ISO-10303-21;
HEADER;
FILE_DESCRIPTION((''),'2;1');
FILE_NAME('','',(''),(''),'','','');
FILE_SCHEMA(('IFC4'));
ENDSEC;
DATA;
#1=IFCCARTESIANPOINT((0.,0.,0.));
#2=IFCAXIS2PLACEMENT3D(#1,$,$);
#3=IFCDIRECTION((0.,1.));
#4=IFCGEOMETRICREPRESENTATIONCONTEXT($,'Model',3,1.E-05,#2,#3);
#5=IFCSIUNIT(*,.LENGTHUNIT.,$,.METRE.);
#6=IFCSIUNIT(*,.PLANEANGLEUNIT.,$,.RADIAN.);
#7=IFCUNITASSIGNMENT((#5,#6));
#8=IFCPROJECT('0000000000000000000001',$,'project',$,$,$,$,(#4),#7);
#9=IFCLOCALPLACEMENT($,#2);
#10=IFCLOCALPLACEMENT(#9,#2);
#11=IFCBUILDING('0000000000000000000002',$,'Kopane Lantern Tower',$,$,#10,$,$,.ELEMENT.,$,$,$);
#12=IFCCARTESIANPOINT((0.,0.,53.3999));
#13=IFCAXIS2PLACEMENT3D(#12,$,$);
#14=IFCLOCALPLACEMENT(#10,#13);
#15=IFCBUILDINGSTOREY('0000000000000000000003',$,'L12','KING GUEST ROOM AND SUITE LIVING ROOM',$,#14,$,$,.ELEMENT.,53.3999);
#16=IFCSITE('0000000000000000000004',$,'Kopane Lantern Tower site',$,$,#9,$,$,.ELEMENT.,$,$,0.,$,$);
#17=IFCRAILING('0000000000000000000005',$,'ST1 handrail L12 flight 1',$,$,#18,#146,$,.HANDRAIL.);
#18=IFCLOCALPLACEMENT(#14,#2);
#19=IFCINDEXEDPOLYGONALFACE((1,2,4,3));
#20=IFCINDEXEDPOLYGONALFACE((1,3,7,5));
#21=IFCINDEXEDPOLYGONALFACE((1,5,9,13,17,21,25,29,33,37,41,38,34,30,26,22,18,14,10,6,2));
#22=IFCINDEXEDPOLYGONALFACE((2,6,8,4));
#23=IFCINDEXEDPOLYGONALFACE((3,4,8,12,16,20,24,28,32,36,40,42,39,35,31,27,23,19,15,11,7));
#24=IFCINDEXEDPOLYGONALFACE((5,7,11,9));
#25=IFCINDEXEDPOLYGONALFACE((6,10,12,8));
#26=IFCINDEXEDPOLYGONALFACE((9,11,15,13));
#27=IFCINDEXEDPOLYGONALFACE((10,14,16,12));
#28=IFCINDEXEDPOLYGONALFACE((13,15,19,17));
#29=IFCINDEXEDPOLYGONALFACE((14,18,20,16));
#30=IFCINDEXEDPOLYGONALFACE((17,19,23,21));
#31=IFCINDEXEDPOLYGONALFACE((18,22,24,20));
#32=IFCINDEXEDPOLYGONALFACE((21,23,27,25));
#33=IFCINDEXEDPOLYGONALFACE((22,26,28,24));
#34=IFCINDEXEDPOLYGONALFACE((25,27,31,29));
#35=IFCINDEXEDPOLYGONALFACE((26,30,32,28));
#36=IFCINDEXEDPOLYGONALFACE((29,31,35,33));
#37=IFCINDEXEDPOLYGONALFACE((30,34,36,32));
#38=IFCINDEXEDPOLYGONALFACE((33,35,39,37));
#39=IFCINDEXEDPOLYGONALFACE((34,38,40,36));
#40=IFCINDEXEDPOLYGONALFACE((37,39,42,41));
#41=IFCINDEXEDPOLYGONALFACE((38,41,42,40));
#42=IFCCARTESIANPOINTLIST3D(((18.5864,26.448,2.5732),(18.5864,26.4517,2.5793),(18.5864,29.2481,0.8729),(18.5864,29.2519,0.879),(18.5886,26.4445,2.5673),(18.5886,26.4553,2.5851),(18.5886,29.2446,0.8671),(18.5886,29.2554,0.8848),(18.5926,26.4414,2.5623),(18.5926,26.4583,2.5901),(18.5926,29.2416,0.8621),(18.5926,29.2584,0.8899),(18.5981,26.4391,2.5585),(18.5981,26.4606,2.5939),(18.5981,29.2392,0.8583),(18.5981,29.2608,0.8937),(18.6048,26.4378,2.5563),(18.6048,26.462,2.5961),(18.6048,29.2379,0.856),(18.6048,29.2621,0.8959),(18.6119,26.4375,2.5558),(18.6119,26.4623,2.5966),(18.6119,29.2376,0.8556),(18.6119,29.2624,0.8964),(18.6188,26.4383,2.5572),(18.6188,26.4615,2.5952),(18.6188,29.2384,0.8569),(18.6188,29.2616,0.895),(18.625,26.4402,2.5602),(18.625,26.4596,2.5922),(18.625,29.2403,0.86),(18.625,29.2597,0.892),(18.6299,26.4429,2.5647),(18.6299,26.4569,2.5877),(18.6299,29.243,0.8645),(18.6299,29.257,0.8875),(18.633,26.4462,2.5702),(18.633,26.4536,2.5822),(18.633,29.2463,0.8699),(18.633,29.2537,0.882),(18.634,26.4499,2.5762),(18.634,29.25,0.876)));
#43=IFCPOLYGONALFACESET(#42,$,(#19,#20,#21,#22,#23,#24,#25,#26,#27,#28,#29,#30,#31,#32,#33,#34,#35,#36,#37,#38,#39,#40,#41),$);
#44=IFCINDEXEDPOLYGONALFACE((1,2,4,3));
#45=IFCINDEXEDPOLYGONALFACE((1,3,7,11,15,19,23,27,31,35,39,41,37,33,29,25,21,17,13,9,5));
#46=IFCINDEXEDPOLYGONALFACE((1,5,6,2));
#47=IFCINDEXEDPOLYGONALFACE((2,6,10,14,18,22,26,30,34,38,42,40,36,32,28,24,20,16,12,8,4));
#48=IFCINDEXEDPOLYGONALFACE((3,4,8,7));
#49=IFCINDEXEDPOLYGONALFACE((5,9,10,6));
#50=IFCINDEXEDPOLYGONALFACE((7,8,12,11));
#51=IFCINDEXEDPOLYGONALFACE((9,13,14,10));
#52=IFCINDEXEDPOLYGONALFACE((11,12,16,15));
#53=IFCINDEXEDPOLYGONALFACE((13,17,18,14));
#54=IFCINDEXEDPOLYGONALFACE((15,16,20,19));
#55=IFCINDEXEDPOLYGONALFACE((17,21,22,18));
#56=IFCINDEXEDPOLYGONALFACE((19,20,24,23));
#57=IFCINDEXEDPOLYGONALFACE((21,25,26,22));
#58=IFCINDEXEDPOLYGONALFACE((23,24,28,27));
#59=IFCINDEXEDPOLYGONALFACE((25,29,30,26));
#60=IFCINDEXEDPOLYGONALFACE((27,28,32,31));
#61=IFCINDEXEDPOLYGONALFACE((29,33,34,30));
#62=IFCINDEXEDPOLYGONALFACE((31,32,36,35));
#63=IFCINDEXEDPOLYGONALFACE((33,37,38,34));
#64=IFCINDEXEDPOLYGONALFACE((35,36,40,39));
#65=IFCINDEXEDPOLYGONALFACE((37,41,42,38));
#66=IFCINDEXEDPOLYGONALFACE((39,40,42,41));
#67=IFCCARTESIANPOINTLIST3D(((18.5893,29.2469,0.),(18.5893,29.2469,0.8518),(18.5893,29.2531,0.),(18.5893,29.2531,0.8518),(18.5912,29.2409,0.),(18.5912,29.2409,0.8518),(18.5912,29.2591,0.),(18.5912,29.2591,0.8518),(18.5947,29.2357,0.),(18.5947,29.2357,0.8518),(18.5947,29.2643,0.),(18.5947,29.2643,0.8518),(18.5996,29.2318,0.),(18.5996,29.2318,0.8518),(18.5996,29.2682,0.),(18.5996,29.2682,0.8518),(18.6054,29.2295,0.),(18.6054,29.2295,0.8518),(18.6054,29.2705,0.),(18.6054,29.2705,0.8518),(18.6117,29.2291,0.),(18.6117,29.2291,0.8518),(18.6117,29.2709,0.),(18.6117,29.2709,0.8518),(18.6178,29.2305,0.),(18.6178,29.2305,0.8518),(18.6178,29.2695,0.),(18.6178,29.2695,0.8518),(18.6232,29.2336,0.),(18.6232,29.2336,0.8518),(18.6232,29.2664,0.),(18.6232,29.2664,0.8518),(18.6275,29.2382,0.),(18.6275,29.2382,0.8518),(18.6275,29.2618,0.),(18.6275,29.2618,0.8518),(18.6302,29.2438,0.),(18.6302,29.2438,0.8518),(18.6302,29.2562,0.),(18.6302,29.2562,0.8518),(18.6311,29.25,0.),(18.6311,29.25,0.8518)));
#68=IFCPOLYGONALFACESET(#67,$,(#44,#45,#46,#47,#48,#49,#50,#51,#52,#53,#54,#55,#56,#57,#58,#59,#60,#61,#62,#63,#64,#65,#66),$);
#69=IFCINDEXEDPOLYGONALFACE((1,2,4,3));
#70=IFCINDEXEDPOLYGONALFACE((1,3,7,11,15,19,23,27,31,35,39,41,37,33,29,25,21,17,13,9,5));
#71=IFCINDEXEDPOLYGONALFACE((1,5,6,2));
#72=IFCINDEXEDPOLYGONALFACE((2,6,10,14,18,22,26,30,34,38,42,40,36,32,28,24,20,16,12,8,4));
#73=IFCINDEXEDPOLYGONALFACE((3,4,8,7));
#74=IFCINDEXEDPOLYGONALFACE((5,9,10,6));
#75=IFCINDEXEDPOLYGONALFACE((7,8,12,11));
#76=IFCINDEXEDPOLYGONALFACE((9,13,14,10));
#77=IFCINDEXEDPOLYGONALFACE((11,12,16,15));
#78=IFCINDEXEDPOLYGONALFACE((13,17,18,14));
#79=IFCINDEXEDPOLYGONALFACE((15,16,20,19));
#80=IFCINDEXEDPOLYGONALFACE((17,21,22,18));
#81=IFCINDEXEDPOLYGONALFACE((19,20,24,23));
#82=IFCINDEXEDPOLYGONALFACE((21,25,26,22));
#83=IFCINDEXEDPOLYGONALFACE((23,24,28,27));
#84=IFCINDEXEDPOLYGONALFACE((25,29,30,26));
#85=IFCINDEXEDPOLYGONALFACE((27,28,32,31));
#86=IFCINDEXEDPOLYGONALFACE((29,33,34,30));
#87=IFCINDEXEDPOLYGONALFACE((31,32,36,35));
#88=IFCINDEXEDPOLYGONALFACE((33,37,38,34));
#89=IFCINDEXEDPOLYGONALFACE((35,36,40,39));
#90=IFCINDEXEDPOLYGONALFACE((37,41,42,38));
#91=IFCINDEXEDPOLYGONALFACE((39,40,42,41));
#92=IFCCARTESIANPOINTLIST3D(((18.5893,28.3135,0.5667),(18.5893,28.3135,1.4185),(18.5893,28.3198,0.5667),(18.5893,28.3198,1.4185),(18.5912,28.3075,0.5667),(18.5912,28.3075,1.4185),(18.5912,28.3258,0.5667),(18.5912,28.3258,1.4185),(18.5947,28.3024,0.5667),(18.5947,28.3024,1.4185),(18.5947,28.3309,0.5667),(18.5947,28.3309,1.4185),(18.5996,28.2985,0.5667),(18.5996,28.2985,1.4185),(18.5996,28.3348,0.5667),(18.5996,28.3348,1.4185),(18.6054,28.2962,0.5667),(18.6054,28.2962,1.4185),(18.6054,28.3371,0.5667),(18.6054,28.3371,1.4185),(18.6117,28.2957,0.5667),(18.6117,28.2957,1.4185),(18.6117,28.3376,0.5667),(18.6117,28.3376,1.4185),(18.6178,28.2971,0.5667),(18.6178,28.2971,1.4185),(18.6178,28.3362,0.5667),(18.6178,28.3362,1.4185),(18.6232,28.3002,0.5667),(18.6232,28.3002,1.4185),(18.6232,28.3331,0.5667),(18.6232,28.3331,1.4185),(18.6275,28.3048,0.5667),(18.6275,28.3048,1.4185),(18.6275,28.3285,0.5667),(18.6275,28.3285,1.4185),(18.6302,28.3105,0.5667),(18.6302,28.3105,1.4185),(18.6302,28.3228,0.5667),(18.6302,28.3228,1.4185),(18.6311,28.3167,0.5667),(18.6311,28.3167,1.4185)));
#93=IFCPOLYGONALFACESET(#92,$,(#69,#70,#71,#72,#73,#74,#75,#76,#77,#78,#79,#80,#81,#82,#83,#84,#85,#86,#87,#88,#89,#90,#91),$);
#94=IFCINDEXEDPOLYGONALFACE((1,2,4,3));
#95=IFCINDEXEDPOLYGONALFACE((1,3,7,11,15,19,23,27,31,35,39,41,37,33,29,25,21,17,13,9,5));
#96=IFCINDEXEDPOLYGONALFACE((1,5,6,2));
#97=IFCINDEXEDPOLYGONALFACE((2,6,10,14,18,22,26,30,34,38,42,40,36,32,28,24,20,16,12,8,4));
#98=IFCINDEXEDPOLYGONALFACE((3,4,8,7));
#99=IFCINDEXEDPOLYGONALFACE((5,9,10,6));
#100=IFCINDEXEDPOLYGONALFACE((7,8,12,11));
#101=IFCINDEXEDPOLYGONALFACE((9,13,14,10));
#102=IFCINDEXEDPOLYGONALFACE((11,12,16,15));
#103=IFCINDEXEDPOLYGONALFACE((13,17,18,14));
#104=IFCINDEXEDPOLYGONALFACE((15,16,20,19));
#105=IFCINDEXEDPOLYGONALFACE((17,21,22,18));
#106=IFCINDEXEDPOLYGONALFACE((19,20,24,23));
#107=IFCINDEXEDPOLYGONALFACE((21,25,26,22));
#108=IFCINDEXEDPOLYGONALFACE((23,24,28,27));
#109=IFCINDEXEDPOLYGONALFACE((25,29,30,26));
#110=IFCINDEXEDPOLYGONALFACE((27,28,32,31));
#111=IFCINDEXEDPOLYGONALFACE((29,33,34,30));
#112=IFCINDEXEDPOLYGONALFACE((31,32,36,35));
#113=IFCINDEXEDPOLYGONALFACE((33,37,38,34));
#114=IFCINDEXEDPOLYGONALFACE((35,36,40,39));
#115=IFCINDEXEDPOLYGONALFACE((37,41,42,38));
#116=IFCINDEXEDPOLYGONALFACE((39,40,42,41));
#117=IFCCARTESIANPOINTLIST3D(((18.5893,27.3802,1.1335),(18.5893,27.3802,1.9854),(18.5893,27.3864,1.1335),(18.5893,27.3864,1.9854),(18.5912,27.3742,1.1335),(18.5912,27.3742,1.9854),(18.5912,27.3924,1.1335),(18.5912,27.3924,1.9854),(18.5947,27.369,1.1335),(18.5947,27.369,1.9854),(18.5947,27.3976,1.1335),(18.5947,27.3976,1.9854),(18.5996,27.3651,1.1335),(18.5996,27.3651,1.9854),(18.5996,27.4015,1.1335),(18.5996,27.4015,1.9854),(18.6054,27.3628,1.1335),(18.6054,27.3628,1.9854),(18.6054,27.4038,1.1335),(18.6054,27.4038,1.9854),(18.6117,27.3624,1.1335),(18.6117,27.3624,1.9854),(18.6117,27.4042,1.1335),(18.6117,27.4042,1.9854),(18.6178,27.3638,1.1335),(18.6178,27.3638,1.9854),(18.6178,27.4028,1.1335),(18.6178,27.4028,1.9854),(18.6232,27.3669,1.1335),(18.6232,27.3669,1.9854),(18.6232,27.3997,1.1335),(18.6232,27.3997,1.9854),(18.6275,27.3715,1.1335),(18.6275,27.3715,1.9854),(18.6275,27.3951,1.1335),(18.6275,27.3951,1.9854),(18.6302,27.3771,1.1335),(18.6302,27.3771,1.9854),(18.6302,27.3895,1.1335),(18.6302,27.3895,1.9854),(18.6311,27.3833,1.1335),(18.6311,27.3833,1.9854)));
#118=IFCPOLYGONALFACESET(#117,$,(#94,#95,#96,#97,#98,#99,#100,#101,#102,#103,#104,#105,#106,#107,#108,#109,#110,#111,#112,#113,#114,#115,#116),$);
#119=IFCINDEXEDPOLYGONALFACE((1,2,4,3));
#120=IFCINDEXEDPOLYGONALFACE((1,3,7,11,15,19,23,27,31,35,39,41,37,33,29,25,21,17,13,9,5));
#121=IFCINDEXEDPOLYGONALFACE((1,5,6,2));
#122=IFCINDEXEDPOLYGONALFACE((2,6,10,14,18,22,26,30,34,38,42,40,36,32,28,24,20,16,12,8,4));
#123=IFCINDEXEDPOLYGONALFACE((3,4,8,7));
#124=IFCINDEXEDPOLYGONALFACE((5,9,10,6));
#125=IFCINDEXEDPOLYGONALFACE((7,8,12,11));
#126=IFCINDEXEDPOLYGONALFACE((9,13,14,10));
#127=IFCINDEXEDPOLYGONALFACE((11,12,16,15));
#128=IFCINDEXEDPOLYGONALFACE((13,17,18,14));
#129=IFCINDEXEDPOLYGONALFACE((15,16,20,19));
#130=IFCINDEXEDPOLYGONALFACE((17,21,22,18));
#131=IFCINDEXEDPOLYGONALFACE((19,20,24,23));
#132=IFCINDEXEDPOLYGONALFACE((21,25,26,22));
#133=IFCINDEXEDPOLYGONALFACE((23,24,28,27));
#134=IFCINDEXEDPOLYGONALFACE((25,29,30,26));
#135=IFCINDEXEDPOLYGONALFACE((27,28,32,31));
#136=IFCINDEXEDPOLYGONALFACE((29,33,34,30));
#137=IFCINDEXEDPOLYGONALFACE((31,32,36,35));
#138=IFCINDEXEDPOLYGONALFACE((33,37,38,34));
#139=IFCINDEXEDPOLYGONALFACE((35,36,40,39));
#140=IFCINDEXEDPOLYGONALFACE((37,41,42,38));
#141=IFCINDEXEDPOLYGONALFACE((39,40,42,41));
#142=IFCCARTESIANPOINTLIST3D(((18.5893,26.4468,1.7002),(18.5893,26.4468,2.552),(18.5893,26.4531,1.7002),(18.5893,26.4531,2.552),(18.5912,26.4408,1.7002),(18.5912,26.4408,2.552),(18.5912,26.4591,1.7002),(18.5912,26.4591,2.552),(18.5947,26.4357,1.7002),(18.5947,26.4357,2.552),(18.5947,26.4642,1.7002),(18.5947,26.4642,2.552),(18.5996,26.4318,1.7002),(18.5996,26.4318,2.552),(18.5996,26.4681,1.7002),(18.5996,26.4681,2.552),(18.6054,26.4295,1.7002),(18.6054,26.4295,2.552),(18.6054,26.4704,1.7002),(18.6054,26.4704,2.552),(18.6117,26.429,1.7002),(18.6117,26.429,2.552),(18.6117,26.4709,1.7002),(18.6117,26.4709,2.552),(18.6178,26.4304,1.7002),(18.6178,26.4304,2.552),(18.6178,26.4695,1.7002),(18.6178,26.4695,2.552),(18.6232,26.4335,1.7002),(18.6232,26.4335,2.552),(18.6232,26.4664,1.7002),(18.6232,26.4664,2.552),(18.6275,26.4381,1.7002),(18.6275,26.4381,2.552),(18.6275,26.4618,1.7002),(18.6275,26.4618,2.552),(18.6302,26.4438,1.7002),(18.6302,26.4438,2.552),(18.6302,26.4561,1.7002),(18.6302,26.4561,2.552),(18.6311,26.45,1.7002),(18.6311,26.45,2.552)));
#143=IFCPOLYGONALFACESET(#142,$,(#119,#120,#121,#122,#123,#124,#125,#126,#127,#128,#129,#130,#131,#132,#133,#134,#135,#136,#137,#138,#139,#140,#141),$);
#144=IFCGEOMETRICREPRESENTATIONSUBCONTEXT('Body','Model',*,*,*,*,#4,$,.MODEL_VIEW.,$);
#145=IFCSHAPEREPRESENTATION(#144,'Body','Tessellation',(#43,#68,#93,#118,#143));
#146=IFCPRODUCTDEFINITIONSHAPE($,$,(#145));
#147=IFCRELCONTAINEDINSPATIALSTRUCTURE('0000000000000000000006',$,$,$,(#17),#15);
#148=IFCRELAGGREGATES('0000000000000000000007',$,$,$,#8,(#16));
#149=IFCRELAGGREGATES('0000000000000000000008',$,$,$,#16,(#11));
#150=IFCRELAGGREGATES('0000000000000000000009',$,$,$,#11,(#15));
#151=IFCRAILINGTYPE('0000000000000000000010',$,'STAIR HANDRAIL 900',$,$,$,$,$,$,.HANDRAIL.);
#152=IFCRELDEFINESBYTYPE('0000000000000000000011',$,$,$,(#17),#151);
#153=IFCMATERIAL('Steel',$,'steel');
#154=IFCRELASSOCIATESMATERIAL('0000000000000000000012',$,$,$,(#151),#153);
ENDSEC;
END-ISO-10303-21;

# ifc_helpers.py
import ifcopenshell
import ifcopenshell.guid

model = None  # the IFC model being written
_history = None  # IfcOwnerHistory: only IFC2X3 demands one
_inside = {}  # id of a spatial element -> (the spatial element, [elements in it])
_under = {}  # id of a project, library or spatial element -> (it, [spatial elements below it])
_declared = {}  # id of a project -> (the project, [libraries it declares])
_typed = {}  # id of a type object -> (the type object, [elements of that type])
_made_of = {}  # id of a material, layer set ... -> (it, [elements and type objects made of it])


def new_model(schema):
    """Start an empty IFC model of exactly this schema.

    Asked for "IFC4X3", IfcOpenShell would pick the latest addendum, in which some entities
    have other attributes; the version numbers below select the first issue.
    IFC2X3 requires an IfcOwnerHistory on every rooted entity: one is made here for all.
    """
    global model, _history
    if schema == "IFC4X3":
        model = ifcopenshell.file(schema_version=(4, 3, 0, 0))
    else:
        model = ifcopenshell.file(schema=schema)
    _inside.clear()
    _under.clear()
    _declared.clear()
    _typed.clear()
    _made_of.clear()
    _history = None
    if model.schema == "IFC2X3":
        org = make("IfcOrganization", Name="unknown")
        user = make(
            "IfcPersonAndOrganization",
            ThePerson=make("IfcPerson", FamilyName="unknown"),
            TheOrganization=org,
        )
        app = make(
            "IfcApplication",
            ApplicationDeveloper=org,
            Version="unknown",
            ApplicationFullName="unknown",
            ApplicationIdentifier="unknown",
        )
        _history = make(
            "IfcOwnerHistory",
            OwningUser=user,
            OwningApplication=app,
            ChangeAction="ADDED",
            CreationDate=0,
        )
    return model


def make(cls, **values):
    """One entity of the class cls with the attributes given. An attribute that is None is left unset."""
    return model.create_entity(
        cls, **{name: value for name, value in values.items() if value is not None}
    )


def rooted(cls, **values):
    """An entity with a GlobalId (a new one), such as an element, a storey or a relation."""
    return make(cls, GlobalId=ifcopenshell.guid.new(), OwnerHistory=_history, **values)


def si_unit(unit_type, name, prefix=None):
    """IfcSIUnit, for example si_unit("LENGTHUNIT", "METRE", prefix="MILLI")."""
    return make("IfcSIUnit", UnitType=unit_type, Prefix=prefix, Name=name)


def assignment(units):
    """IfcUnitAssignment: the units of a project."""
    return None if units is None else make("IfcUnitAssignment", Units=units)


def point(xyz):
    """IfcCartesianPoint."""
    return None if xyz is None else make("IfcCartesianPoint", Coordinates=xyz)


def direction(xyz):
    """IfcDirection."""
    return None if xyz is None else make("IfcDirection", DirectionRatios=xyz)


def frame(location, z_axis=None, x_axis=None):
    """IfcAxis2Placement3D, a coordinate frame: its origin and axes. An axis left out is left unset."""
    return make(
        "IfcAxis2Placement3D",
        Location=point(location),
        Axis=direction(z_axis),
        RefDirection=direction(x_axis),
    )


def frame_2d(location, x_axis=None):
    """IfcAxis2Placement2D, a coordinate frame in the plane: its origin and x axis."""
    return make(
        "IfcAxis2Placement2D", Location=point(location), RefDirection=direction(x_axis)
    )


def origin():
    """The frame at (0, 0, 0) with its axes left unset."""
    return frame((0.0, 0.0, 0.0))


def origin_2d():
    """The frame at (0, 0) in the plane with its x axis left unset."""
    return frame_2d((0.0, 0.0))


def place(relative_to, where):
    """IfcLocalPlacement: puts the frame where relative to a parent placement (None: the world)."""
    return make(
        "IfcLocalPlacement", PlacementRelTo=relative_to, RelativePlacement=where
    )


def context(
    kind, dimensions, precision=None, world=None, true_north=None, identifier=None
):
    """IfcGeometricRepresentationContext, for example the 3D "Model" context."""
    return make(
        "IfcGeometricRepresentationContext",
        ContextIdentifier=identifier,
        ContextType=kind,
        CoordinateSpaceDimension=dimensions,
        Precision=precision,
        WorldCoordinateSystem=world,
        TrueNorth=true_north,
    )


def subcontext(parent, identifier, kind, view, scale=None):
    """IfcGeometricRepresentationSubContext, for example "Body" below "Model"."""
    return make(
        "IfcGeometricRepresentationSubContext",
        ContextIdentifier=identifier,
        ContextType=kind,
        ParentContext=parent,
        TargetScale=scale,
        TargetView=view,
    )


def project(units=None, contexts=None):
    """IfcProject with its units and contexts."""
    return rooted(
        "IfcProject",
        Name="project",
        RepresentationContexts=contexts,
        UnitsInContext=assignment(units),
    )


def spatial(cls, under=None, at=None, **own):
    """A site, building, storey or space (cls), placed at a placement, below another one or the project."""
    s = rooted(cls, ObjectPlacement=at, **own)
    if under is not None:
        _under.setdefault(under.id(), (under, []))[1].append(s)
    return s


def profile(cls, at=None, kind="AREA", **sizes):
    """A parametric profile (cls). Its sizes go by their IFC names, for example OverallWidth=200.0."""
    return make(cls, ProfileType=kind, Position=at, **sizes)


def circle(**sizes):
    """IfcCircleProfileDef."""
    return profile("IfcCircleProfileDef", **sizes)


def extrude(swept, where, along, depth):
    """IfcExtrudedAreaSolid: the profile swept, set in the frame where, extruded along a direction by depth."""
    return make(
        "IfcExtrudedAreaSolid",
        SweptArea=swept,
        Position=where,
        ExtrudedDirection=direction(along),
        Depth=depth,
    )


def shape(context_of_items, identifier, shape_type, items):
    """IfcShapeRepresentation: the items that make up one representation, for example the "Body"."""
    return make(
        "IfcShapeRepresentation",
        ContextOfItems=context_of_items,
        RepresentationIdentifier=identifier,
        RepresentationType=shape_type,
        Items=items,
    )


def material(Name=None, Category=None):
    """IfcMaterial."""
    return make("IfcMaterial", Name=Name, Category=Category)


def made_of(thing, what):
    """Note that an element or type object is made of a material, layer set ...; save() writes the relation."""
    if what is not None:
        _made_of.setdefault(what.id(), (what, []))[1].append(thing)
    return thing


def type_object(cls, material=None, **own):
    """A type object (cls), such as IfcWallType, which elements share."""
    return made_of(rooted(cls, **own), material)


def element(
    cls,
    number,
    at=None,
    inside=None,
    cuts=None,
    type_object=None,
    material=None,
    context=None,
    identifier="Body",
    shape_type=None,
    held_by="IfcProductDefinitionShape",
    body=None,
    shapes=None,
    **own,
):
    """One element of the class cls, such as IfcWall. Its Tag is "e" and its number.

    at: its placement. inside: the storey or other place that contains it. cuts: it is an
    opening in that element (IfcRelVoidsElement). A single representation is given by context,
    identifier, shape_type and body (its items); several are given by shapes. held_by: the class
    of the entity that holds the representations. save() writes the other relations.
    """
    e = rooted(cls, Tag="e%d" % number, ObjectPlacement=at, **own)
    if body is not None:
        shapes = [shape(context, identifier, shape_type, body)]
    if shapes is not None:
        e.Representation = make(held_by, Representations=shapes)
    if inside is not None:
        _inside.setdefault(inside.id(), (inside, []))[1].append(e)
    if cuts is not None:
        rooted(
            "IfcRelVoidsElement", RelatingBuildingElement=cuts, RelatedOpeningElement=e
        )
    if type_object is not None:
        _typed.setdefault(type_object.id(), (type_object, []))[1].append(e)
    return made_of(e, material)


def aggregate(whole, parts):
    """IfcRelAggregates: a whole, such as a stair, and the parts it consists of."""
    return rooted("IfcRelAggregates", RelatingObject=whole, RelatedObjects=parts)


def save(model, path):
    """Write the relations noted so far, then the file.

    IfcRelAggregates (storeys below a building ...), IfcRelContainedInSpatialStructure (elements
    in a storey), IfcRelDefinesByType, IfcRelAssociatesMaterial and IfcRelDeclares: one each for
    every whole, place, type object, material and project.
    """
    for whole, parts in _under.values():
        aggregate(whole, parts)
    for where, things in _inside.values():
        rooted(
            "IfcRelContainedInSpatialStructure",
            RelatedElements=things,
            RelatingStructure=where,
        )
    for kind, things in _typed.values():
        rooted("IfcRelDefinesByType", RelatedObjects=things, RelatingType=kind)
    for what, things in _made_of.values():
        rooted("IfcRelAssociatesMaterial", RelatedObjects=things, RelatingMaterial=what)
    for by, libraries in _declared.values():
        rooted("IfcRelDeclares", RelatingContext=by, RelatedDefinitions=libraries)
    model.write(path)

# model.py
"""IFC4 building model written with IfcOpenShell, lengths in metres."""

from ifc_helpers import new_model, si_unit, direction, frame, origin, origin_2d, place, context, subcontext, project, spatial, circle, extrude, material, type_object, element, save


model = new_model("IFC4")

# Units and contexts
model_context = context("Model", 3, precision=1e-05, world=origin(), true_north=direction((0.0, 1.0)))
body_context = subcontext(model_context, "Body", "Model", "MODEL_VIEW")
ifc_project = project(units=[si_unit("LENGTHUNIT", "METRE"), si_unit("PLANEANGLEUNIT", "RADIAN")], contexts=[model_context])

# Site, building, storey
site_placement = place(None, origin())
site = spatial("IfcSite", under=ifc_project, at=site_placement, Name="Kopane Lantern Tower site", CompositionType="ELEMENT", RefElevation=0.0)
building_placement = place(site_placement, origin())
building = spatial("IfcBuilding", under=site, at=building_placement, Name="Kopane Lantern Tower", CompositionType="ELEMENT")
storey_placement = place(building_placement, frame((0.0, 0.0, 53.3999)))
storey = spatial("IfcBuildingStorey", under=building, at=storey_placement, Name="L12", Description="KING GUEST ROOM AND SUITE LIVING ROOM", CompositionType="ELEMENT", Elevation=53.3999)

# Railing
ifc_material_1 = material(Name="Steel", Category="steel")
railing_type_1 = type_object("IfcRailingType", Name="STAIR HANDRAIL 900", PredefinedType="HANDRAIL", material=ifc_material_1)
for number, where, name in (
    (1, (18.6101, 29.25, 0.0), "ST1 handrail L12 flight 1"),
):
    element("IfcRailing", number, at=place(storey_placement, frame(where)), inside=storey, type_object=railing_type_1, Name=name, PredefinedType="HANDRAIL", context=body_context, shape_type="SweptSolid", body=[
        extrude(circle(Radius=0.0239, at=origin_2d()), frame((0.0, 0.0, 0.876), z_axis=(0.0, -0.854765, 0.519015), x_axis=(1.0, 0.0, 0.0)), (0.0, 0.0, 1.0), 3.2759),
        extrude(circle(Radius=0.021, at=origin_2d()), origin(), (0.0, 0.0, 1.0), 0.8518),
        extrude(circle(Radius=0.021, at=origin_2d()), frame((0.0, -0.9333, 0.5667)), (0.0, 0.0, 1.0), 0.8518),
        extrude(circle(Radius=0.021, at=origin_2d()), frame((0.0, -1.8667, 1.1335)), (0.0, 0.0, 1.0), 0.8518),
        extrude(circle(Radius=0.021, at=origin_2d()), frame((0.0, -2.8, 1.7002)), (0.0, 0.0, 1.0), 0.8518),
    ])

save(model, "model.ifc")
